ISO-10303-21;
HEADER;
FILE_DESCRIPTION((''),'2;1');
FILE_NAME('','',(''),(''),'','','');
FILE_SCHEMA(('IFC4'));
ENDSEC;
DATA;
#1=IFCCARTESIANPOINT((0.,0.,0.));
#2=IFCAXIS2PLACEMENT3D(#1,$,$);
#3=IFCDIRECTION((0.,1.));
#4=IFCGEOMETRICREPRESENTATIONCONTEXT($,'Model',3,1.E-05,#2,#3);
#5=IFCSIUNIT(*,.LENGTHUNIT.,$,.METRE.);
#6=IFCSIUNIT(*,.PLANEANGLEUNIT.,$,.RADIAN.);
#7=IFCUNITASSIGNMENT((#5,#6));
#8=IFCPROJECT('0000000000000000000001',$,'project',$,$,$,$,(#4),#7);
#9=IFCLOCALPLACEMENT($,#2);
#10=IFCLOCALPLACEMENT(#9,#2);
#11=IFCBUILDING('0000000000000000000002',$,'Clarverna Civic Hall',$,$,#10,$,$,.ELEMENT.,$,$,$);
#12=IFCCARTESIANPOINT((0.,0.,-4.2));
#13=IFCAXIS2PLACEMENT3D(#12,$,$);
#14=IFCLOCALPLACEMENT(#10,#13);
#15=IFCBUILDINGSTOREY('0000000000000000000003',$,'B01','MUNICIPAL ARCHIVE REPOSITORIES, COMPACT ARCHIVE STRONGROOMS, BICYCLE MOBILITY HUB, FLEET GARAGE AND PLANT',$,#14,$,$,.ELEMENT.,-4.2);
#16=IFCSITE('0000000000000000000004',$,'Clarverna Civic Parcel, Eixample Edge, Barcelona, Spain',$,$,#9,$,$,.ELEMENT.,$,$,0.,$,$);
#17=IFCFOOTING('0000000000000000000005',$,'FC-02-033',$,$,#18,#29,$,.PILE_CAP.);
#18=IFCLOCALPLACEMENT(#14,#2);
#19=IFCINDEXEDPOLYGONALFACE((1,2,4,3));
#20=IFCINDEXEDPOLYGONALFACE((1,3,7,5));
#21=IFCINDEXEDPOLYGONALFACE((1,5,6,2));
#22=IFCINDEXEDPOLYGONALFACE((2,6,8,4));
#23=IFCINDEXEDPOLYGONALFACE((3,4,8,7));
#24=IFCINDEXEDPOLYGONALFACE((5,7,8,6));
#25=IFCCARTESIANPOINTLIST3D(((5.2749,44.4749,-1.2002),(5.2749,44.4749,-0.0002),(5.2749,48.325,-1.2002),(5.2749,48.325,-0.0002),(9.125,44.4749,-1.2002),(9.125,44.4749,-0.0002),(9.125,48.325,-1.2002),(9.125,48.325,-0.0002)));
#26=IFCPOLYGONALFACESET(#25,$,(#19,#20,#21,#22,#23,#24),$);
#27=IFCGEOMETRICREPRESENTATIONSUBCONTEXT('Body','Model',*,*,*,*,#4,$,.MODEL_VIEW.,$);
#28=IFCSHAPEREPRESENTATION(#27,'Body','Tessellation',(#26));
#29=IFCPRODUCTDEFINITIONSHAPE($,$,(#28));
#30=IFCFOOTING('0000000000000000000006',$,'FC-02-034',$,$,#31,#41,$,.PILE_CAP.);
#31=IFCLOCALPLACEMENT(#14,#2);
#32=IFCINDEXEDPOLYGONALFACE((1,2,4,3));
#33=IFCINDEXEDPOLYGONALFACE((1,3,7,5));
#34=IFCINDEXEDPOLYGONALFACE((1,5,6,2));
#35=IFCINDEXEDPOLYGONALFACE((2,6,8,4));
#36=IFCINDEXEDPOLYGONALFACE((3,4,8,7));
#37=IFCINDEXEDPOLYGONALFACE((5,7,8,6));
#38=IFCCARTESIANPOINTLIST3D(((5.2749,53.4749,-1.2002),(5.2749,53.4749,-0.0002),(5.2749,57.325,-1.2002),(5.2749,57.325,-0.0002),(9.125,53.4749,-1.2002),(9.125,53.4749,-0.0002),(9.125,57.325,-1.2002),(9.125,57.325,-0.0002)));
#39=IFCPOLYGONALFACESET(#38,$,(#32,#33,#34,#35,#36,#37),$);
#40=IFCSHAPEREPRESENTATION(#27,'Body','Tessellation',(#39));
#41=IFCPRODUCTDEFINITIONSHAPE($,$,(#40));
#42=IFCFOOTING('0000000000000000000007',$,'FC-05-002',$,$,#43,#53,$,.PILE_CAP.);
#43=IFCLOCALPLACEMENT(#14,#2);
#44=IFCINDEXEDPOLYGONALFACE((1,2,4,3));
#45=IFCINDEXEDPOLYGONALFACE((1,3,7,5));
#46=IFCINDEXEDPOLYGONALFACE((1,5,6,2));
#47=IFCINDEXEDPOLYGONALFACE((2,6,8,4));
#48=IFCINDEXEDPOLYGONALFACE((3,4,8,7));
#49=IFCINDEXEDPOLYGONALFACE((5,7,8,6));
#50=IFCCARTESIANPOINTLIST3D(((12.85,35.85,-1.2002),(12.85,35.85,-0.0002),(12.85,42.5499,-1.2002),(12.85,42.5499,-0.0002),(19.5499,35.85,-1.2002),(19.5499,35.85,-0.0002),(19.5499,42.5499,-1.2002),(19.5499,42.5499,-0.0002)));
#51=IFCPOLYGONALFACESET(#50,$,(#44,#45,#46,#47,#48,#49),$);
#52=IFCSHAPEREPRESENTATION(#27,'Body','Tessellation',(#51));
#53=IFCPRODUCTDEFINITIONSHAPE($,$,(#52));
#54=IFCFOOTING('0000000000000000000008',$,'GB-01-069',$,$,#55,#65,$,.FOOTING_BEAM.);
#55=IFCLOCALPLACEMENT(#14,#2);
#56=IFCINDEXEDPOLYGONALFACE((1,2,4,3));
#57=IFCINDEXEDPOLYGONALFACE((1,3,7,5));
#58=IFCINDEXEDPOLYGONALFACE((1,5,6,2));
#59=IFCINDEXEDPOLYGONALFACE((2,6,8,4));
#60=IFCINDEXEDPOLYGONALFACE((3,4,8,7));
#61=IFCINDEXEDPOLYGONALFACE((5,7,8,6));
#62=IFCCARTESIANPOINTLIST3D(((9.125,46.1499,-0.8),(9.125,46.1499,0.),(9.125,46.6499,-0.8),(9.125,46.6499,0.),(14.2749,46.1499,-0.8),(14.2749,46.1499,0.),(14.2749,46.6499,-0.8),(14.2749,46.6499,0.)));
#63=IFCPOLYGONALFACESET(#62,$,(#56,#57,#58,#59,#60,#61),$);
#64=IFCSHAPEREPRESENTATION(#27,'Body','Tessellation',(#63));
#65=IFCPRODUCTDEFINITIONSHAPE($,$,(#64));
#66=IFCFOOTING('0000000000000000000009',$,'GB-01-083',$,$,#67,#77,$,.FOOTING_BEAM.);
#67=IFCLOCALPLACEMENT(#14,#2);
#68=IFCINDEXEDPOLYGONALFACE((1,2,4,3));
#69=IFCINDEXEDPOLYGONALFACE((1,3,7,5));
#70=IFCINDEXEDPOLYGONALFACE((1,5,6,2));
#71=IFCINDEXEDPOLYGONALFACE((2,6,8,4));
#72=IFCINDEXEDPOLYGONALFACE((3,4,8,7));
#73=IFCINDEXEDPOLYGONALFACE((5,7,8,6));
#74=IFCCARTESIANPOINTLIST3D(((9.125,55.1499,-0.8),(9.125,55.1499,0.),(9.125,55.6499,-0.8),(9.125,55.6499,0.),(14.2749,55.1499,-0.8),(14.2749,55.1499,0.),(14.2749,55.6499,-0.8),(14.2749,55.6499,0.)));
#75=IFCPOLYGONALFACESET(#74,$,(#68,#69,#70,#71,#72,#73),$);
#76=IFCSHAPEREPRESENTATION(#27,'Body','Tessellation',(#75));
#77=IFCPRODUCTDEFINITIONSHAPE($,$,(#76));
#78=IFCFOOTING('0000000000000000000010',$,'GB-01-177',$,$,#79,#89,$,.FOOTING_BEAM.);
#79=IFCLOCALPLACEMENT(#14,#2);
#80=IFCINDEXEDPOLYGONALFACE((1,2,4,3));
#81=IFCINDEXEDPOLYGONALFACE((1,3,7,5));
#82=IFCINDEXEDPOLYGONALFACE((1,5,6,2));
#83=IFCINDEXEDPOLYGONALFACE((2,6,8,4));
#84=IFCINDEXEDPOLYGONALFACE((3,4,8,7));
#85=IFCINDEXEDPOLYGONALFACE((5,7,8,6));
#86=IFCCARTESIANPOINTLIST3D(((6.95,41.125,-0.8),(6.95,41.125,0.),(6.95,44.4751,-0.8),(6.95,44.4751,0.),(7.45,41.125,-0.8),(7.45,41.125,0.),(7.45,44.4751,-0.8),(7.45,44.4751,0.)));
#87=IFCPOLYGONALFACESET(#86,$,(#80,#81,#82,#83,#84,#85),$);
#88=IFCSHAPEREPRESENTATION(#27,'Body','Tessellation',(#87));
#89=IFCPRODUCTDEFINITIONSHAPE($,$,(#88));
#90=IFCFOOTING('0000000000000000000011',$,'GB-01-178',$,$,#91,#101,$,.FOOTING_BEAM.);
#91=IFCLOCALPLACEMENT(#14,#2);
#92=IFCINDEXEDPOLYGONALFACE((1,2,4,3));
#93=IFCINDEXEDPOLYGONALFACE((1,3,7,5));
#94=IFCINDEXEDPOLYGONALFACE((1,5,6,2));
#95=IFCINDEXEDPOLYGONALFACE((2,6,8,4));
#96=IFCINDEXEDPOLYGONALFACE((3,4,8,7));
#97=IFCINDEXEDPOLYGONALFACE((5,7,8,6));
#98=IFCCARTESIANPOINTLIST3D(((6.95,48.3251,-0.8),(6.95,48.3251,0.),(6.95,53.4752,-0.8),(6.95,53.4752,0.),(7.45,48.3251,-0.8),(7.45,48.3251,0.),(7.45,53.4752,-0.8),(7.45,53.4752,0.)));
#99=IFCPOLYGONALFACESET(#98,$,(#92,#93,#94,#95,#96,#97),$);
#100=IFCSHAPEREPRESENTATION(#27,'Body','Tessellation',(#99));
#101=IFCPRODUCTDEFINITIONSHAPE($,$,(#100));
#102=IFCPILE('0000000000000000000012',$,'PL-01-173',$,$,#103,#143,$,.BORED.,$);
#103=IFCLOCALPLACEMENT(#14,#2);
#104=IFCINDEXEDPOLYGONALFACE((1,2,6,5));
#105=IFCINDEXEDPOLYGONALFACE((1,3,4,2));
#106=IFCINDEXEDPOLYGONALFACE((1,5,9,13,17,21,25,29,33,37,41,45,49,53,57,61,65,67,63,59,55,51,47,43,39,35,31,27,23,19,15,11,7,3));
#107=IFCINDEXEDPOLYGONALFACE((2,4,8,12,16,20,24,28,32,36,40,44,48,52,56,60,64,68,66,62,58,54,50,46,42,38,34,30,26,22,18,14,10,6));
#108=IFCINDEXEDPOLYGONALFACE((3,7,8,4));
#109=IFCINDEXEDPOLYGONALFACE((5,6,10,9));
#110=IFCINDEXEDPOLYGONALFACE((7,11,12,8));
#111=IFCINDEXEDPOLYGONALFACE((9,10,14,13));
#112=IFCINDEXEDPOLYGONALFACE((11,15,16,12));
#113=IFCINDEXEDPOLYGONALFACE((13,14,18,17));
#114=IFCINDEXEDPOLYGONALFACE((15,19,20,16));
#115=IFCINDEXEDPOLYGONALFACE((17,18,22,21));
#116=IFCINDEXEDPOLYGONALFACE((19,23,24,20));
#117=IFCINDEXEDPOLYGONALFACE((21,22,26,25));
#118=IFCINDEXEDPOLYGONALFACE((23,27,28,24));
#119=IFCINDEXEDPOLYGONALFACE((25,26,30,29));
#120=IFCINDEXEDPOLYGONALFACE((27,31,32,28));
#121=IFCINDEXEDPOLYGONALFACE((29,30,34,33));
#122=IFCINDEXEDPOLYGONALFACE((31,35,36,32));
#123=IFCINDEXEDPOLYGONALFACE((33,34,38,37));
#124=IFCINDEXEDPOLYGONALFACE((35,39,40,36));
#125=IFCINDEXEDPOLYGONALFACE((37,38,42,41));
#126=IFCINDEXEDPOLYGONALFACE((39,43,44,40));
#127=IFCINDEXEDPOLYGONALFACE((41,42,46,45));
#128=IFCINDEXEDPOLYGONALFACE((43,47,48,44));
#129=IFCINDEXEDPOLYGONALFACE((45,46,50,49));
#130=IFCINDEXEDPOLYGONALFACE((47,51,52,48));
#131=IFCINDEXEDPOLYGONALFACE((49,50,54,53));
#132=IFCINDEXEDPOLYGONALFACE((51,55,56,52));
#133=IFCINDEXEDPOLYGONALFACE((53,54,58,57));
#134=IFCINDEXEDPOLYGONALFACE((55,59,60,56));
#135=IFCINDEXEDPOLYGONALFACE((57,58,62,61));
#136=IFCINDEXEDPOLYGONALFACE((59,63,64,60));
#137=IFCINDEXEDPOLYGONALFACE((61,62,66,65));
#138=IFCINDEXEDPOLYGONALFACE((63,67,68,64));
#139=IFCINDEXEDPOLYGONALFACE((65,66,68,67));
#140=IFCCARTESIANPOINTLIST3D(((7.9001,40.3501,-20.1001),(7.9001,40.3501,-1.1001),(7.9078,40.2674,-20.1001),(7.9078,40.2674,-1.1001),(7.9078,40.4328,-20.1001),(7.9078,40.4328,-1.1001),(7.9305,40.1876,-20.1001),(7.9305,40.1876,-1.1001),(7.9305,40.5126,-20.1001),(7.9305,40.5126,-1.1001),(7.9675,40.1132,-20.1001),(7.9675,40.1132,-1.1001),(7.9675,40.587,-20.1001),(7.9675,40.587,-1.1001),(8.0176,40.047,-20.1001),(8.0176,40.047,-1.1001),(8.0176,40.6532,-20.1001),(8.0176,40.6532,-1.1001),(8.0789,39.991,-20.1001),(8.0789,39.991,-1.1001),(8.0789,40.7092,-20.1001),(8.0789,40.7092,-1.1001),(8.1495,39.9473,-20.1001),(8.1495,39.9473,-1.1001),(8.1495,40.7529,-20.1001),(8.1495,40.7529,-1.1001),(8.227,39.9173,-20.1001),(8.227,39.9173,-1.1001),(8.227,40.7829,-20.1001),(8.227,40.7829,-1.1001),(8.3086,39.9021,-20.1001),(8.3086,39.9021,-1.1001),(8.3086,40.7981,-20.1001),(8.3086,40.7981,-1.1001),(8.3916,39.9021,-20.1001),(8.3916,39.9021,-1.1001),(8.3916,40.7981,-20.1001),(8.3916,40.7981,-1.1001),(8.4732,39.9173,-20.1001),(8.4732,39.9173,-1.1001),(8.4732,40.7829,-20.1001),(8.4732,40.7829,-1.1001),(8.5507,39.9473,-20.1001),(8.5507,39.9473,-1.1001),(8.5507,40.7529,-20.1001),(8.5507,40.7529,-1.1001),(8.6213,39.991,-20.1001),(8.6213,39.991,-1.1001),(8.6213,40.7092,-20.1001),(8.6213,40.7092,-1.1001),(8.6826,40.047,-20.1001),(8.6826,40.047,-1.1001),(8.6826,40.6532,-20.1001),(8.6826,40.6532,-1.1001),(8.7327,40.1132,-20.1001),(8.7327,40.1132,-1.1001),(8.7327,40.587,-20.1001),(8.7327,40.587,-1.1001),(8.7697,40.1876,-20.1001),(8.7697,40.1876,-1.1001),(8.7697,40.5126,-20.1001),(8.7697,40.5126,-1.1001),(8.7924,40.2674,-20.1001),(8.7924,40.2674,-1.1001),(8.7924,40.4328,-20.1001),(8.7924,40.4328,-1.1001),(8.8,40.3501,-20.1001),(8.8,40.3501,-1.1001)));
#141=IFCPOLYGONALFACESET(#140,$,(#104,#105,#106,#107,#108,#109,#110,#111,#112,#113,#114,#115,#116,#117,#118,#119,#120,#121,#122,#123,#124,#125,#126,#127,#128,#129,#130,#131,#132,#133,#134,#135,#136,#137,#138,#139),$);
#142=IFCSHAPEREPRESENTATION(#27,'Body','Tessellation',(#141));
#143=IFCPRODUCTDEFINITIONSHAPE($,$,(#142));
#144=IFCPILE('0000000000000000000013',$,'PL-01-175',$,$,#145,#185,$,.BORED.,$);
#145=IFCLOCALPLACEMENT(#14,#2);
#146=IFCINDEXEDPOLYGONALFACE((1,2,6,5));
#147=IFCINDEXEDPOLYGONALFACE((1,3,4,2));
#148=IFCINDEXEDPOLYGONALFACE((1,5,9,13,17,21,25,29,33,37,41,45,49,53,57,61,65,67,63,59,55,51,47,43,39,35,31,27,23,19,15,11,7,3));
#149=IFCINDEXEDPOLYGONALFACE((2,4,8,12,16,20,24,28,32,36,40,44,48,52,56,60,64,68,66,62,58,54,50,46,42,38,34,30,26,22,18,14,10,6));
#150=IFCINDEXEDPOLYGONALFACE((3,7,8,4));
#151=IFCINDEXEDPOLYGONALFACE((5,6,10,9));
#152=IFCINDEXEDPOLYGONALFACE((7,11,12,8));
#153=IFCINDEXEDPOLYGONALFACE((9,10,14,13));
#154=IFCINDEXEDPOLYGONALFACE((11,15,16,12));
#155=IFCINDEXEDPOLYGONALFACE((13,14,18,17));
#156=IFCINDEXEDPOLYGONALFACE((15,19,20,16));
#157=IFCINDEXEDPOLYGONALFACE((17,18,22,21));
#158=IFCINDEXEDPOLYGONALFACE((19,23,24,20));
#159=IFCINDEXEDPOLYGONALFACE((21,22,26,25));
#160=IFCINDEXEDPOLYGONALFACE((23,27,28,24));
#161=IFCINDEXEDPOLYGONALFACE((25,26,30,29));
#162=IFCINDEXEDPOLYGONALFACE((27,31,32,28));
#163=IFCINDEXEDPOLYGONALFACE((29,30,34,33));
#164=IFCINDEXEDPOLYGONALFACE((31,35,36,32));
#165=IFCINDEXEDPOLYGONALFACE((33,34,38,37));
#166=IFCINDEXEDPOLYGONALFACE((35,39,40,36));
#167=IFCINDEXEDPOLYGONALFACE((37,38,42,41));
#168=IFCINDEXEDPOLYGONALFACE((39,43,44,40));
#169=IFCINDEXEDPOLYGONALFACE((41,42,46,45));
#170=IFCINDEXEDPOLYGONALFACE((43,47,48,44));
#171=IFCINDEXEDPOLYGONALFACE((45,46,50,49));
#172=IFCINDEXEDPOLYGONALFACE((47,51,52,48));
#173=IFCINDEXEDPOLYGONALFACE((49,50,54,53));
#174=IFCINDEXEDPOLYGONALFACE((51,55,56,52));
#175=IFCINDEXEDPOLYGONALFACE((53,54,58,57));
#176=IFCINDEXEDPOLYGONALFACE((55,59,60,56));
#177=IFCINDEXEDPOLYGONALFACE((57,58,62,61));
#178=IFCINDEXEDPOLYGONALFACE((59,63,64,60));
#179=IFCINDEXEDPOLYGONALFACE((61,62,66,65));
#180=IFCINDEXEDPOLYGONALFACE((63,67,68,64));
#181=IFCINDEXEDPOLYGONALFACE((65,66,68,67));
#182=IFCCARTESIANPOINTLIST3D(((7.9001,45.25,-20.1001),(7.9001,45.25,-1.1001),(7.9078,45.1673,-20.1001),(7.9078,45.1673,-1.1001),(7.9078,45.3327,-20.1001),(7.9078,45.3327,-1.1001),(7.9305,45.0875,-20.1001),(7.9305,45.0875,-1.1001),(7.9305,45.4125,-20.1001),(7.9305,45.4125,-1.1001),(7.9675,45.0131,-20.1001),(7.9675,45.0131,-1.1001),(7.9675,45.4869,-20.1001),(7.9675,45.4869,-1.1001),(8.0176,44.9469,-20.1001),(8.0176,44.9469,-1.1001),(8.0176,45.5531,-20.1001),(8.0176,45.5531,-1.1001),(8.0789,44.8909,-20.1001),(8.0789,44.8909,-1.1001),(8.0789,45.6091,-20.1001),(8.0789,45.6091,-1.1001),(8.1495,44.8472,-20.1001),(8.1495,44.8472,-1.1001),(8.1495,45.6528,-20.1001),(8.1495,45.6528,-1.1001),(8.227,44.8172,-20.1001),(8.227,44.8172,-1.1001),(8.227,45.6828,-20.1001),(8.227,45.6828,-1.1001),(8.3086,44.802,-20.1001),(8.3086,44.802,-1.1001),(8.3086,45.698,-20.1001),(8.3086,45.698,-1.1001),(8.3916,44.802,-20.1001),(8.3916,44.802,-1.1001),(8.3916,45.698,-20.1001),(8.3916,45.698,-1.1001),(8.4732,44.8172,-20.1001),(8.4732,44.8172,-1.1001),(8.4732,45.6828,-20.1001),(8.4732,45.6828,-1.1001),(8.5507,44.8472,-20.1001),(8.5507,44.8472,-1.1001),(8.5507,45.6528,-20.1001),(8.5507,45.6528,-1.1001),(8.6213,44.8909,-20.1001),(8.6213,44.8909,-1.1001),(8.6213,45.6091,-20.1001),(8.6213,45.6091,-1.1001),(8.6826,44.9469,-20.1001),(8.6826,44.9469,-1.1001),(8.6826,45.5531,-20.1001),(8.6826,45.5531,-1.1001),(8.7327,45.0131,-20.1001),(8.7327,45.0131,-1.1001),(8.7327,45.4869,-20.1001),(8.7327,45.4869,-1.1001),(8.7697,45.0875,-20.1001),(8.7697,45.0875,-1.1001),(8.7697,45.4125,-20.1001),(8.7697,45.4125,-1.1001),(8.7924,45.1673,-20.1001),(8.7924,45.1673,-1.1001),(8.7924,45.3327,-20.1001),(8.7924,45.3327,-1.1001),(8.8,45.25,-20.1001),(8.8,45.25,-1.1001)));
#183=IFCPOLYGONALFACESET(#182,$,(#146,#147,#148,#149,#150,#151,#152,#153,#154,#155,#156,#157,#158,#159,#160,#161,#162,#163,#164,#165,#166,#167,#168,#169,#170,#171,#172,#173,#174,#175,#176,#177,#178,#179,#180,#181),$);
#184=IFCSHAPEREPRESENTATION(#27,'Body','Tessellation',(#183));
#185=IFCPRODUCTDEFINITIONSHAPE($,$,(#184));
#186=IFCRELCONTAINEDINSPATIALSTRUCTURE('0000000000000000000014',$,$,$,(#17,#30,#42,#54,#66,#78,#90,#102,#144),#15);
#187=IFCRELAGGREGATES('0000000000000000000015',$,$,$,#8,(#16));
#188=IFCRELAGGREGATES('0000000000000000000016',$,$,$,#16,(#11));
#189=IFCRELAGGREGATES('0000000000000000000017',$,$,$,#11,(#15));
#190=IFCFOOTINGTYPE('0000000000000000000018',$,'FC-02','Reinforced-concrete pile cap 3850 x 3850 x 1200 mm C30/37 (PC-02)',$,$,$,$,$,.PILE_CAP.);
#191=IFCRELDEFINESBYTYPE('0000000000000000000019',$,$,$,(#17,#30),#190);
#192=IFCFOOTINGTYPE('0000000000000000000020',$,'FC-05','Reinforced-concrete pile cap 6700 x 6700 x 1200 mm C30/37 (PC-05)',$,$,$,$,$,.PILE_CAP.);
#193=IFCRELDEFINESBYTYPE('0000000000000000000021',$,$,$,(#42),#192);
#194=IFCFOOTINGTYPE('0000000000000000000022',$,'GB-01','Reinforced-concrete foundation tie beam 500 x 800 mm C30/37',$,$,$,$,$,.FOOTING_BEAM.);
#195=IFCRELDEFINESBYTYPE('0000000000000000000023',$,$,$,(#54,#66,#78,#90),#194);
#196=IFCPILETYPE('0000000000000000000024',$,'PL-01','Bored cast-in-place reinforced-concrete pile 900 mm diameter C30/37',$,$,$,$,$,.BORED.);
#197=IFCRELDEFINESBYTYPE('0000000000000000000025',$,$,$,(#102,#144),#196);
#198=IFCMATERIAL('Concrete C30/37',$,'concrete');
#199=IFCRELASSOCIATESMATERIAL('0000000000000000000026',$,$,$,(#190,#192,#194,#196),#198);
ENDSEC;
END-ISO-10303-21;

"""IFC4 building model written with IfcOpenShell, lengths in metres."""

from ifc_helpers import new_model, si_unit, direction, frame, frame_2d, origin, origin_2d, place, context, subcontext, project, spatial, rectangle, circle, extrude, material, material_profile, profile_set, type_object, element, save


model = new_model("IFC4")

# Units and contexts
model_context = context("Model", 3, precision=1e-05, world=origin(), true_north=direction((0.0, 1.0)))
body_context = subcontext(model_context, "Body", "Model", "MODEL_VIEW")
ifc_project = project(units=[si_unit("LENGTHUNIT", "METRE"), si_unit("PLANEANGLEUNIT", "RADIAN")], contexts=[model_context])

# Site, building, storey
site_placement = place(None, origin())
site = spatial("IfcSite", under=ifc_project, at=site_placement, Name="Clarverna Civic Parcel, Eixample Edge, Barcelona, Spain", CompositionType="ELEMENT", RefElevation=0.0)
building_placement = place(site_placement, origin())
building = spatial("IfcBuilding", under=site, at=building_placement, Name="Clarverna Civic Hall", CompositionType="ELEMENT")
storey_placement = place(building_placement, frame((0.0, 0.0, -4.2)))
storey = spatial("IfcBuildingStorey", under=building, at=storey_placement, Name="B01", Description="MUNICIPAL ARCHIVE REPOSITORIES, COMPACT ARCHIVE STRONGROOMS, BICYCLE MOBILITY HUB, FLEET GARAGE AND PLANT", CompositionType="ELEMENT", Elevation=-4.2)

# Footings
ifc_material_1 = material(Name="Concrete C30/37", Category="concrete")
footing_type_1 = type_object("IfcFootingType", Name="FC-02", Description="Reinforced-concrete pile cap 3850 x 3850 x 1200 mm C30/37 (PC-02)", PredefinedType="PILE_CAP", material=ifc_material_1)
for number, where, z_axis, x_axis, name in (
    (1, (7.2, 46.3999, -1.2002), (0.0, 0.0, 1.0), (1.0, 0.0, 0.0), "FC-02-033"),
    (2, (7.2, 55.3999, -1.2002), (0.0, 0.0, 1.0), (1.0, 0.0, 0.0), "FC-02-034"),
):
    element("IfcFooting", number, at=place(storey_placement, frame(where, z_axis=z_axis, x_axis=x_axis)), inside=storey, type_object=footing_type_1, Name=name, PredefinedType="PILE_CAP", context=body_context, shape_type="SweptSolid", body=[
        extrude(rectangle(XDim=3.8501, YDim=3.8501, at=origin_2d()), origin(), (0.0, 0.0, 1.0), 1.2),
    ])
footing_type_2 = type_object("IfcFootingType", Name="FC-05", Description="Reinforced-concrete pile cap 6700 x 6700 x 1200 mm C30/37 (PC-05)", PredefinedType="PILE_CAP", material=ifc_material_1)
footing_1_placement = place(storey_placement, frame((16.2, 39.2, -1.2002), z_axis=(0.0, 0.0, 1.0), x_axis=(1.0, 0.0, 0.0)))
element("IfcFooting", 3, at=footing_1_placement, inside=storey, type_object=footing_type_2, Name="FC-05-002", PredefinedType="PILE_CAP", context=body_context, shape_type="SweptSolid", body=[
    extrude(rectangle(XDim=6.7, YDim=6.7, at=origin_2d()), origin(), (0.0, 0.0, 1.0), 1.2),
])
footing_type_3 = type_object("IfcFootingType", Name="GB-01", Description="Reinforced-concrete foundation tie beam 500 x 800 mm C30/37", PredefinedType="FOOTING_BEAM", material=ifc_material_1)
for number, where, z_axis, x_axis, name in (
    (4, (9.125, 46.3999, -0.8), (0.0, 0.0, 1.0), (1.0, 0.0, 0.0), "GB-01-069"),
    (5, (9.125, 55.3999, -0.8), (0.0, 0.0, 1.0), (1.0, 0.0, 0.0), "GB-01-083"),
):
    element("IfcFooting", number, at=place(storey_placement, frame(where, z_axis=z_axis, x_axis=x_axis)), inside=storey, type_object=footing_type_3, Name=name, PredefinedType="FOOTING_BEAM", context=body_context, shape_type="SweptSolid", body=[
        extrude(rectangle(XDim=5.1499, YDim=0.5, at=frame_2d((2.575, 0.0))), origin(), (0.0, 0.0, 1.0), 0.8),
    ])
footing_2_placement = place(storey_placement, frame((7.2, 41.125, -0.8), z_axis=(0.0, 0.0, 1.0), x_axis=(0.0, 1.0, 0.0)))
element("IfcFooting", 6, at=footing_2_placement, inside=storey, type_object=footing_type_3, Name="GB-01-177", PredefinedType="FOOTING_BEAM", context=body_context, shape_type="SweptSolid", body=[
    extrude(rectangle(XDim=3.3501, YDim=0.5, at=frame_2d((1.675, 0.0))), origin(), (0.0, 0.0, 1.0), 0.8),
])
footing_3_placement = place(storey_placement, frame((7.2, 48.325, -0.8), z_axis=(0.0, 0.0, 1.0), x_axis=(0.0, 1.0, 0.0)))
element("IfcFooting", 7, at=footing_3_placement, inside=storey, type_object=footing_type_3, Name="GB-01-178", PredefinedType="FOOTING_BEAM", context=body_context, shape_type="SweptSolid", body=[
    extrude(rectangle(XDim=5.1501, YDim=0.5, at=frame_2d((2.5752, 0.0))), origin(), (0.0, 0.0, 1.0), 0.8),
])

# Piles
ifc_material_profile_1 = material_profile(ifc_material_1, circle(Radius=0.45, at=origin_2d()), Name="BORED PILE D900")
ifc_profile_set_1 = profile_set([ifc_material_profile_1], Name="Concrete C30/37")
pile_type_1 = type_object("IfcPileType", Name="PL-01", Description="Bored cast-in-place reinforced-concrete pile 900 mm diameter C30/37", PredefinedType="BORED", material=ifc_profile_set_1)
for number, where, z_axis, x_axis, name in (
    (8, (8.3501, 40.3501, -1.1001), (0.0, 0.0, -1.0), (1.0, 0.0, 0.0), "PL-01-173"),
    (9, (8.3501, 45.25, -1.1001), (0.0, 0.0, -1.0), (1.0, 0.0, 0.0), "PL-01-175"),
):
    element("IfcPile", number, at=place(storey_placement, frame(where, z_axis=z_axis, x_axis=x_axis)), inside=storey, type_object=pile_type_1, Name=name, PredefinedType="BORED", context=body_context, shape_type="SweptSolid", body=[
        extrude(circle(Radius=0.45, at=origin_2d()), origin(), (0.0, 0.0, 1.0), 19.0),
    ])

save(model, "model.ifc")
